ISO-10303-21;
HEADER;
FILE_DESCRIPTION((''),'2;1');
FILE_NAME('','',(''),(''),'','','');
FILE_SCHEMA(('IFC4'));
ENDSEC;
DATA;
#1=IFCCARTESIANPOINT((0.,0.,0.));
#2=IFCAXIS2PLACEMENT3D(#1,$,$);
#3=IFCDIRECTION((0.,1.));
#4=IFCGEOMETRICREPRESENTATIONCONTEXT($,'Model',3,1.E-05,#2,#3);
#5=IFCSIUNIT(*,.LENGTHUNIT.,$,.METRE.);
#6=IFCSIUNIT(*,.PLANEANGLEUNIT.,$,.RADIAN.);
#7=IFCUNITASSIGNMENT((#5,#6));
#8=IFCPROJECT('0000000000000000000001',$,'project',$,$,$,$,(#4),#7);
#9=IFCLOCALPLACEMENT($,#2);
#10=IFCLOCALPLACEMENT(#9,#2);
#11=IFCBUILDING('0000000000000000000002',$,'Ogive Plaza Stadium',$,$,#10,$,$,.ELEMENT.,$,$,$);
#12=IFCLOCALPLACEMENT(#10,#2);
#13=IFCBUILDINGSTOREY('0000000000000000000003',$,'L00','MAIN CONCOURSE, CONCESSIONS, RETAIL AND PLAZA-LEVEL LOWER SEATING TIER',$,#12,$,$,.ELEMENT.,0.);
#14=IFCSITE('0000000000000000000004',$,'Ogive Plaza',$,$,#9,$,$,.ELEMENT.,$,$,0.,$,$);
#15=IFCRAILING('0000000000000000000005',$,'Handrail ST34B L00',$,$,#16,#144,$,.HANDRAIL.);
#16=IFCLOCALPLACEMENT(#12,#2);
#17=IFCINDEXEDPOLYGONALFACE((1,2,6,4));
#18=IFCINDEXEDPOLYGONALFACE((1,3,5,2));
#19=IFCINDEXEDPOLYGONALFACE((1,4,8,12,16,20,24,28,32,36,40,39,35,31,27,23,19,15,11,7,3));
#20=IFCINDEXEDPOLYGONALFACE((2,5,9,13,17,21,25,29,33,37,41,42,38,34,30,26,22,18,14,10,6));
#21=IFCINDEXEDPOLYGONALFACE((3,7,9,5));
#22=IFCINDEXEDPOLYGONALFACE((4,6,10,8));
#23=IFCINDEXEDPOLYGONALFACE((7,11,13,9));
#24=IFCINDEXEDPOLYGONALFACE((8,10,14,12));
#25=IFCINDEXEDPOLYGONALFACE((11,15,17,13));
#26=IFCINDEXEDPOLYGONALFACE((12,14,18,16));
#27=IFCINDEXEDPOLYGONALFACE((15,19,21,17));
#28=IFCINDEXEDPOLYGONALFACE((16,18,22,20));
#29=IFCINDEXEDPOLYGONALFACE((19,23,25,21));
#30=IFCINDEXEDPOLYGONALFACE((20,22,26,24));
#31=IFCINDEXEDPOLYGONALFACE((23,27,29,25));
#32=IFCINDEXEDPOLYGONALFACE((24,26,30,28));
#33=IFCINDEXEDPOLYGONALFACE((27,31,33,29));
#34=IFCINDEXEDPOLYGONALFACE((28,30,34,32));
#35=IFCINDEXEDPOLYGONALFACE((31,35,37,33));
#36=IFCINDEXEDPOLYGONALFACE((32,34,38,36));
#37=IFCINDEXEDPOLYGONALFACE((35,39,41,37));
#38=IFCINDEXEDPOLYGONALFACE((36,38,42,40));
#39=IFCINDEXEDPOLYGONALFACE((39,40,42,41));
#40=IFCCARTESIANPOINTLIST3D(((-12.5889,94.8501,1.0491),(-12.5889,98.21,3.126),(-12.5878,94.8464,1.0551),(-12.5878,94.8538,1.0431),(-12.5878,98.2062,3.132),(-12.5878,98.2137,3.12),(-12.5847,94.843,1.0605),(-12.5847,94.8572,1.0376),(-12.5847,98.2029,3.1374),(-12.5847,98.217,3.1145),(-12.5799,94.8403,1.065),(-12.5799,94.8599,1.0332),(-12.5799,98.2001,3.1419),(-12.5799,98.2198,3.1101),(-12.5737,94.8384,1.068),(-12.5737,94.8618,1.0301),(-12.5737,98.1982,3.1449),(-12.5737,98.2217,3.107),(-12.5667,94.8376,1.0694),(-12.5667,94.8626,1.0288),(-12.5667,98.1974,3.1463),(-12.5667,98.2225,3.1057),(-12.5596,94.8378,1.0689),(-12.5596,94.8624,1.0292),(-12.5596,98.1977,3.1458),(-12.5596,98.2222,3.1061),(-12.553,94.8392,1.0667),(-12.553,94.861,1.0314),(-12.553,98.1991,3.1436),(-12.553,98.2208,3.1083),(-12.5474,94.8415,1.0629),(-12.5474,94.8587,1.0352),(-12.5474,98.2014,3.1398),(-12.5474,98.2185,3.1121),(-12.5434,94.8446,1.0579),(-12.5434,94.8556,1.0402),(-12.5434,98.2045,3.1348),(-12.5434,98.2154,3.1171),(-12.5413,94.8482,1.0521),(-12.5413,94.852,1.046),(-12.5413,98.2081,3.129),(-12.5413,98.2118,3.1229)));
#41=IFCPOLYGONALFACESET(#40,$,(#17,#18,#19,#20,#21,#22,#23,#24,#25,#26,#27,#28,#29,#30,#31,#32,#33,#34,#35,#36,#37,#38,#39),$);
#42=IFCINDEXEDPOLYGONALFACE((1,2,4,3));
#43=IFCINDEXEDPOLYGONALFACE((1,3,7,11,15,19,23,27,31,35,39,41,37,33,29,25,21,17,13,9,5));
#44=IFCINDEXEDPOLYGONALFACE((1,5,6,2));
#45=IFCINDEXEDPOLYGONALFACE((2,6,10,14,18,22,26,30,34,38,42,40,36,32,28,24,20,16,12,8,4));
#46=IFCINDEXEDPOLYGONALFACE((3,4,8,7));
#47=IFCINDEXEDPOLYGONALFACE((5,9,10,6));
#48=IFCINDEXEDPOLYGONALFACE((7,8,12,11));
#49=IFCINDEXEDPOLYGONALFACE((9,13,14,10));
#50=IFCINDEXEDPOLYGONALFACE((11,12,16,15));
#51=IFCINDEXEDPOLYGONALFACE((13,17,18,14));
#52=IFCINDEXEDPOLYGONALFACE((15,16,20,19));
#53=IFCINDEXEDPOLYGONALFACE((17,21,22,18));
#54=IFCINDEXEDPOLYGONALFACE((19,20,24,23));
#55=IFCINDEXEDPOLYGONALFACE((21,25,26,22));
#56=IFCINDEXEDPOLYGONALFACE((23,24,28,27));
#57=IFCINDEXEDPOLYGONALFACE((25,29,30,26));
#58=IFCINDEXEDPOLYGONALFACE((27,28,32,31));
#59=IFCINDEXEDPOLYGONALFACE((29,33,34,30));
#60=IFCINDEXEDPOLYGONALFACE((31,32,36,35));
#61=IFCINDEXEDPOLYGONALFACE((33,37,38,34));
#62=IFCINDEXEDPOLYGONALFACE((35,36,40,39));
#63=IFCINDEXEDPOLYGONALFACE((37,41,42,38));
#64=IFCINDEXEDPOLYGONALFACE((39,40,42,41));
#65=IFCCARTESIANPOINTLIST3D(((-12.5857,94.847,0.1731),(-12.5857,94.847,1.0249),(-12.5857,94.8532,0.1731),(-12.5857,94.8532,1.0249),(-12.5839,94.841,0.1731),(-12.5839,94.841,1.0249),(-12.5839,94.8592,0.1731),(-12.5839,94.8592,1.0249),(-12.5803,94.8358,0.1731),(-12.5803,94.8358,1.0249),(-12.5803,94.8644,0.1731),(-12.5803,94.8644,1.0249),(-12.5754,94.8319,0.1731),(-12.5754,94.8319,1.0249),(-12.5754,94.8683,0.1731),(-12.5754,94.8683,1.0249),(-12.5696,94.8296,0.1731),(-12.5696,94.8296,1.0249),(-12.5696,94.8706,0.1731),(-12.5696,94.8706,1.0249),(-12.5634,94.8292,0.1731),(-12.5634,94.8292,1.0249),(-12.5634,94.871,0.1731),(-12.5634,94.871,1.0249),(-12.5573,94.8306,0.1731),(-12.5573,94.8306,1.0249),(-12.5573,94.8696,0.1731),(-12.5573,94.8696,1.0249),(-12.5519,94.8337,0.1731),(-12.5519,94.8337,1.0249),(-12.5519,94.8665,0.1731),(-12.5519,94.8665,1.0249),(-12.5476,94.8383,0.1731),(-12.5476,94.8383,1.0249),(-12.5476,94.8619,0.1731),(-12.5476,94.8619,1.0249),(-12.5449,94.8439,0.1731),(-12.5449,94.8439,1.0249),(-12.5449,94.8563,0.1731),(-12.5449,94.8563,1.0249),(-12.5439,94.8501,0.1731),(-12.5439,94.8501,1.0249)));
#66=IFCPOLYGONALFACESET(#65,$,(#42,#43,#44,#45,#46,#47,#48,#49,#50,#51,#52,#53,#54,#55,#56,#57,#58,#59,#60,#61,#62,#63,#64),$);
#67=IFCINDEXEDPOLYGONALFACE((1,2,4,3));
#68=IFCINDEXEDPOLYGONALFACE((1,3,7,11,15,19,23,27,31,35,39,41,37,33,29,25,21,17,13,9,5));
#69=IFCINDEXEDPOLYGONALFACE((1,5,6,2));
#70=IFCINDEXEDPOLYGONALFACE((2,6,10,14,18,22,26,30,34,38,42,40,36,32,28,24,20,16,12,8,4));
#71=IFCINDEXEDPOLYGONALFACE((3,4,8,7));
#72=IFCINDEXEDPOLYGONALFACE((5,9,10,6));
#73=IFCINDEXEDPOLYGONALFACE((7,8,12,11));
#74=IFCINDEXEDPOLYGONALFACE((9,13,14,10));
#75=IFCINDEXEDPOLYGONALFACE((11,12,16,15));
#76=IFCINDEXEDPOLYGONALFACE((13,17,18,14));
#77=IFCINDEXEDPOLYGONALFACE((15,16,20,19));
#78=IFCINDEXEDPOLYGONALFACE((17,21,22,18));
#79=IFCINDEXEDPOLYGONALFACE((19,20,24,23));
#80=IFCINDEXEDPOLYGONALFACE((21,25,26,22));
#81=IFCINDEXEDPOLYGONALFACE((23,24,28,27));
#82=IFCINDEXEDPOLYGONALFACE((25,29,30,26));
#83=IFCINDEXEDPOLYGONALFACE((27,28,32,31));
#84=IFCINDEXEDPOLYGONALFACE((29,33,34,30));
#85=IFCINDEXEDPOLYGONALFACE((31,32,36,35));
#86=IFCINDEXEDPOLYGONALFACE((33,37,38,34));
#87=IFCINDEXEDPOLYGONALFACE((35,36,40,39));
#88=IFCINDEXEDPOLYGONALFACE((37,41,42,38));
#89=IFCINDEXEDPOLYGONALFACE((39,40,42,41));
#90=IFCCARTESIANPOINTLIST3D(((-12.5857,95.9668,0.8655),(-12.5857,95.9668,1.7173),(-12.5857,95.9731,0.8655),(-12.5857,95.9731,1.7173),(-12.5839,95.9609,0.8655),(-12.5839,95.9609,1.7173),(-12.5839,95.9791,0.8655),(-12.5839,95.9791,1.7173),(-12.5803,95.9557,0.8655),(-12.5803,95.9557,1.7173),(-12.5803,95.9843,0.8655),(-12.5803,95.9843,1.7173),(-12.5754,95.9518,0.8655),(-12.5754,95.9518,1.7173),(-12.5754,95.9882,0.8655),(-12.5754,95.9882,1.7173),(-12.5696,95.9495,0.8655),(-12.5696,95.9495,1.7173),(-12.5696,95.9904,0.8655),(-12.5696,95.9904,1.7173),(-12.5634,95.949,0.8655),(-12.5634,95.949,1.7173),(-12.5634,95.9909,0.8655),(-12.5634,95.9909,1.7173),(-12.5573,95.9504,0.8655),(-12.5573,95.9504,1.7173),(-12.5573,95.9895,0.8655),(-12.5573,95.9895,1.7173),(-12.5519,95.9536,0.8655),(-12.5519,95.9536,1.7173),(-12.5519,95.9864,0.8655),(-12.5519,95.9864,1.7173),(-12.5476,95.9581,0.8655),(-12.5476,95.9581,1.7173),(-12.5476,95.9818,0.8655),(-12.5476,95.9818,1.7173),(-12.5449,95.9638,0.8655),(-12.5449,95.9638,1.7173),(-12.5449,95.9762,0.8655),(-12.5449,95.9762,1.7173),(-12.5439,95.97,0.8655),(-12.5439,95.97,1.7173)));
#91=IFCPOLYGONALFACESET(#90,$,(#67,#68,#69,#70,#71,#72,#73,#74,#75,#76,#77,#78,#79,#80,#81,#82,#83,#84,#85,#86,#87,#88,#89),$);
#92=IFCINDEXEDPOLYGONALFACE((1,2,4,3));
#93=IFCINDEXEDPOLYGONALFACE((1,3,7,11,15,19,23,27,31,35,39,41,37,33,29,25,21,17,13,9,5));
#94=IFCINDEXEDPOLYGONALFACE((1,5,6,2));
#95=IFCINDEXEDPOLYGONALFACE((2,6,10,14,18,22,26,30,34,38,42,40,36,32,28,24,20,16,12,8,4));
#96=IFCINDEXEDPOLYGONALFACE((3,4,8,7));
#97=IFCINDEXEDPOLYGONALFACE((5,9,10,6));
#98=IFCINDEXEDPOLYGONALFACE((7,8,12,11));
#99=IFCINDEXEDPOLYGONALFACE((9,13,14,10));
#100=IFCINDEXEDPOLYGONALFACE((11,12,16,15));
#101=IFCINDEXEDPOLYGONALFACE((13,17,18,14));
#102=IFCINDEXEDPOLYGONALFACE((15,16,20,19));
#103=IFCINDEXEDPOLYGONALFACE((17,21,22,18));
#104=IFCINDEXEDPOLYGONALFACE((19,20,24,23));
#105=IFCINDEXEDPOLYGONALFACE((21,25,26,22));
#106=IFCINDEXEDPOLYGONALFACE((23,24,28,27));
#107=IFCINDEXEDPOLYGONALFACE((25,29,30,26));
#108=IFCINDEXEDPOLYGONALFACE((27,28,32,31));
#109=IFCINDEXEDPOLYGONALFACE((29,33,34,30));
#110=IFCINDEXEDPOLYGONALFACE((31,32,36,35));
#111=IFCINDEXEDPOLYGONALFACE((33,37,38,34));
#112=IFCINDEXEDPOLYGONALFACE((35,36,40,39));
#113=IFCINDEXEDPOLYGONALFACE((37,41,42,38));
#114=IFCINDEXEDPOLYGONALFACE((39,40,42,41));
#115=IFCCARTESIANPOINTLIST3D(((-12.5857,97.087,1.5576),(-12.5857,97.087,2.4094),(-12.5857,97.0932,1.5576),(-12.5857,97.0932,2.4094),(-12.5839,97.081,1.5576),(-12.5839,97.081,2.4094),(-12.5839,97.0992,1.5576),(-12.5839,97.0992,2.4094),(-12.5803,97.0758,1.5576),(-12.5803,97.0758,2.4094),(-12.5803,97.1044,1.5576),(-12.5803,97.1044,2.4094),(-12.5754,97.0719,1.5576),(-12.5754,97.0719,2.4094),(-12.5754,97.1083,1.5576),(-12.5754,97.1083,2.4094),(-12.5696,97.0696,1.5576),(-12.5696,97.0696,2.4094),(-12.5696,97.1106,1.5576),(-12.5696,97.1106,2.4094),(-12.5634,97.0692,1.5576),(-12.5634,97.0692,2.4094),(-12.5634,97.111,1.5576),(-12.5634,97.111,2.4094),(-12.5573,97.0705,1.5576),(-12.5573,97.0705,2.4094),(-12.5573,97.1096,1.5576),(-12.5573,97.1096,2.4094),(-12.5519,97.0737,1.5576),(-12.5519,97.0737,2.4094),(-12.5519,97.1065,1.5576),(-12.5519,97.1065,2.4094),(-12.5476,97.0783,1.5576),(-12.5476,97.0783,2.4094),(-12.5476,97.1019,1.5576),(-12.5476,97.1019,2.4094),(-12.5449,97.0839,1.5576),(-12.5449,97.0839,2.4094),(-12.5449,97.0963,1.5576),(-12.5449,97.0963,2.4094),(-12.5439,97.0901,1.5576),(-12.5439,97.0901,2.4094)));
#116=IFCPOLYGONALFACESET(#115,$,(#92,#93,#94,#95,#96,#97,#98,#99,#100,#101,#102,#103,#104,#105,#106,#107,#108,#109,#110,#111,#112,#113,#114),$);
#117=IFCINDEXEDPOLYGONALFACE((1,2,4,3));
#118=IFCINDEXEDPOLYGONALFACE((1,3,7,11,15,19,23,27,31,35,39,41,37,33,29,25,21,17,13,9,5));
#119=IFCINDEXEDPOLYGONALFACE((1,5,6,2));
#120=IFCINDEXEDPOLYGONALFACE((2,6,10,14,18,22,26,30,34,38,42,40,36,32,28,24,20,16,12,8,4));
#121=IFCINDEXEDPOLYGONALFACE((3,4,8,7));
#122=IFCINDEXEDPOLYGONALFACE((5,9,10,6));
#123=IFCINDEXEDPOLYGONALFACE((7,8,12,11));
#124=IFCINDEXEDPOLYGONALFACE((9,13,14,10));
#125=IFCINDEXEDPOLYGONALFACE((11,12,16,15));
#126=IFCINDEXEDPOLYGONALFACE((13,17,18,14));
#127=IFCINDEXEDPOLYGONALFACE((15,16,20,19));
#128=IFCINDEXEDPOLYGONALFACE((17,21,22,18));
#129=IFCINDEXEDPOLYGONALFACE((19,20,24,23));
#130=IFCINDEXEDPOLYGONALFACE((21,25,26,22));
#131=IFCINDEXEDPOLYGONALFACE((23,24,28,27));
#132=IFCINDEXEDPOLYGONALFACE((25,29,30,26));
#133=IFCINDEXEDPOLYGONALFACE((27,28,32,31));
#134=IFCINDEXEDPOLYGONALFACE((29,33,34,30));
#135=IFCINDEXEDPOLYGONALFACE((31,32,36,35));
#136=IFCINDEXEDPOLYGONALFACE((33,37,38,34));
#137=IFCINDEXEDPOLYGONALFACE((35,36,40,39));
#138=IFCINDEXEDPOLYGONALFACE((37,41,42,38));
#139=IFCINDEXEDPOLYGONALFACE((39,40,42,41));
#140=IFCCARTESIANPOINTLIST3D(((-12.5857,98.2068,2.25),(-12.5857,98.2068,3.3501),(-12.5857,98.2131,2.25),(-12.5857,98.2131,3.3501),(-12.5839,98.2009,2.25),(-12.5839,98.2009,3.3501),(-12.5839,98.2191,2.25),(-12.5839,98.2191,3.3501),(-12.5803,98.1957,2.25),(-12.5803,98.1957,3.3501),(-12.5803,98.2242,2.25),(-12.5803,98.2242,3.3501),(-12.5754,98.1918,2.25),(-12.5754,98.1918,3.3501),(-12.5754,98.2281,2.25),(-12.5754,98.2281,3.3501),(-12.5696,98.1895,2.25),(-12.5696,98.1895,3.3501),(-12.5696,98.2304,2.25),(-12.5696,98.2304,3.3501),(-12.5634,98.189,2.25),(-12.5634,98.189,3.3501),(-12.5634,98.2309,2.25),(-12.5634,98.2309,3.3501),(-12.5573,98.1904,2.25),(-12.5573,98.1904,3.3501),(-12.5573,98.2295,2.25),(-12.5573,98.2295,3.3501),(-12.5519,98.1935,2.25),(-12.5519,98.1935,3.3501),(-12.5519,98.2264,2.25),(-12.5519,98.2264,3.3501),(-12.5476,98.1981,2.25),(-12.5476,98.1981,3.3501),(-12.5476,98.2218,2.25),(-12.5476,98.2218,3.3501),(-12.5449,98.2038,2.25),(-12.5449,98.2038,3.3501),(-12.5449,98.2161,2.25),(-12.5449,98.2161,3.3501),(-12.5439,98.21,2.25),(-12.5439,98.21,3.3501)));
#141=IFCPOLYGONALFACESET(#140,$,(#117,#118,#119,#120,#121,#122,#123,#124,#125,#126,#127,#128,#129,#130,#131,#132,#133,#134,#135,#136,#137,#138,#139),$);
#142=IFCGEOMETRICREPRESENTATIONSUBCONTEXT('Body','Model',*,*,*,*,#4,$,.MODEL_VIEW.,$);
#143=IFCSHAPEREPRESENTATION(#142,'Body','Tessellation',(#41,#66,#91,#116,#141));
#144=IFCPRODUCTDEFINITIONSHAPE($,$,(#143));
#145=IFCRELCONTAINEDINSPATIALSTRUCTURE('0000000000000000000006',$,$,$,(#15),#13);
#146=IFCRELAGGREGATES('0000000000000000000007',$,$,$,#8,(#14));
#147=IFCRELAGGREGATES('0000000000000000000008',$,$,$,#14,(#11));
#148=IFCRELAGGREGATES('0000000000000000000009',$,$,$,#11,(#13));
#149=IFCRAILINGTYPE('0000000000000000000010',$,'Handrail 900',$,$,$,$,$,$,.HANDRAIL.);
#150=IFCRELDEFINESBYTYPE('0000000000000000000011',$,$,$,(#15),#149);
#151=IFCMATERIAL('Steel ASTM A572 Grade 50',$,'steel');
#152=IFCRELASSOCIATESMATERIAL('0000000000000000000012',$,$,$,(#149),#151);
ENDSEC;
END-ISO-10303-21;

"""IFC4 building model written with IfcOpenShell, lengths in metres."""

from ifc_helpers import new_model, si_unit, direction, frame, origin, origin_2d, place, context, subcontext, project, spatial, circle, extrude, material, type_object, element, save


model = new_model("IFC4")

# Units and contexts
model_context = context("Model", 3, precision=1e-05, world=origin(), true_north=direction((0.0, 1.0)))
body_context = subcontext(model_context, "Body", "Model", "MODEL_VIEW")
ifc_project = project(units=[si_unit("LENGTHUNIT", "METRE"), si_unit("PLANEANGLEUNIT", "RADIAN")], contexts=[model_context])

# Site, building, storey
site_placement = place(None, origin())
site = spatial("IfcSite", under=ifc_project, at=site_placement, Name="Ogive Plaza", CompositionType="ELEMENT", RefElevation=0.0)
building_placement = place(site_placement, origin())
building = spatial("IfcBuilding", under=site, at=building_placement, Name="Ogive Plaza Stadium", CompositionType="ELEMENT")
storey_placement = place(building_placement, origin())
storey = spatial("IfcBuildingStorey", under=building, at=storey_placement, Name="L00", Description="MAIN CONCOURSE, CONCESSIONS, RETAIL AND PLAZA-LEVEL LOWER SEATING TIER", CompositionType="ELEMENT", Elevation=0.0)

# Railing
ifc_material_1 = material(Name="Steel ASTM A572 Grade 50", Category="steel")
railing_type_1 = type_object("IfcRailingType", Name="Handrail 900", PredefinedType="HANDRAIL", material=ifc_material_1)
for number, where, name in (
    (1, (-12.5649, 94.8501, 0.1731), "Handrail ST34B L00"),
):
    element("IfcRailing", number, at=place(storey_placement, frame(where)), inside=storey, type_object=railing_type_1, Name=name, PredefinedType="HANDRAIL", context=body_context, shape_type="SweptSolid", body=[
        extrude(circle(Radius=0.0239, at=origin_2d()), frame((0.0, 0.0, 0.876), z_axis=(0.0, 0.850606, 0.525803), x_axis=(-1.0, 0.0, 0.0)), (0.0, 0.0, 1.0), 3.95),
        extrude(circle(Radius=0.021, at=origin_2d()), origin(), (0.0, 0.0, 1.0), 0.8518),
        extrude(circle(Radius=0.021, at=origin_2d()), frame((0.0, 1.1199, 0.6924)), (0.0, 0.0, 1.0), 0.8518),
        extrude(circle(Radius=0.021, at=origin_2d()), frame((0.0, 2.24, 1.3845)), (0.0, 0.0, 1.0), 0.8518),
        extrude(circle(Radius=0.021, at=origin_2d()), frame((0.0, 3.3599, 2.0769)), (0.0, 0.0, 1.0), 1.1001),
    ])

save(model, "model.ifc")
